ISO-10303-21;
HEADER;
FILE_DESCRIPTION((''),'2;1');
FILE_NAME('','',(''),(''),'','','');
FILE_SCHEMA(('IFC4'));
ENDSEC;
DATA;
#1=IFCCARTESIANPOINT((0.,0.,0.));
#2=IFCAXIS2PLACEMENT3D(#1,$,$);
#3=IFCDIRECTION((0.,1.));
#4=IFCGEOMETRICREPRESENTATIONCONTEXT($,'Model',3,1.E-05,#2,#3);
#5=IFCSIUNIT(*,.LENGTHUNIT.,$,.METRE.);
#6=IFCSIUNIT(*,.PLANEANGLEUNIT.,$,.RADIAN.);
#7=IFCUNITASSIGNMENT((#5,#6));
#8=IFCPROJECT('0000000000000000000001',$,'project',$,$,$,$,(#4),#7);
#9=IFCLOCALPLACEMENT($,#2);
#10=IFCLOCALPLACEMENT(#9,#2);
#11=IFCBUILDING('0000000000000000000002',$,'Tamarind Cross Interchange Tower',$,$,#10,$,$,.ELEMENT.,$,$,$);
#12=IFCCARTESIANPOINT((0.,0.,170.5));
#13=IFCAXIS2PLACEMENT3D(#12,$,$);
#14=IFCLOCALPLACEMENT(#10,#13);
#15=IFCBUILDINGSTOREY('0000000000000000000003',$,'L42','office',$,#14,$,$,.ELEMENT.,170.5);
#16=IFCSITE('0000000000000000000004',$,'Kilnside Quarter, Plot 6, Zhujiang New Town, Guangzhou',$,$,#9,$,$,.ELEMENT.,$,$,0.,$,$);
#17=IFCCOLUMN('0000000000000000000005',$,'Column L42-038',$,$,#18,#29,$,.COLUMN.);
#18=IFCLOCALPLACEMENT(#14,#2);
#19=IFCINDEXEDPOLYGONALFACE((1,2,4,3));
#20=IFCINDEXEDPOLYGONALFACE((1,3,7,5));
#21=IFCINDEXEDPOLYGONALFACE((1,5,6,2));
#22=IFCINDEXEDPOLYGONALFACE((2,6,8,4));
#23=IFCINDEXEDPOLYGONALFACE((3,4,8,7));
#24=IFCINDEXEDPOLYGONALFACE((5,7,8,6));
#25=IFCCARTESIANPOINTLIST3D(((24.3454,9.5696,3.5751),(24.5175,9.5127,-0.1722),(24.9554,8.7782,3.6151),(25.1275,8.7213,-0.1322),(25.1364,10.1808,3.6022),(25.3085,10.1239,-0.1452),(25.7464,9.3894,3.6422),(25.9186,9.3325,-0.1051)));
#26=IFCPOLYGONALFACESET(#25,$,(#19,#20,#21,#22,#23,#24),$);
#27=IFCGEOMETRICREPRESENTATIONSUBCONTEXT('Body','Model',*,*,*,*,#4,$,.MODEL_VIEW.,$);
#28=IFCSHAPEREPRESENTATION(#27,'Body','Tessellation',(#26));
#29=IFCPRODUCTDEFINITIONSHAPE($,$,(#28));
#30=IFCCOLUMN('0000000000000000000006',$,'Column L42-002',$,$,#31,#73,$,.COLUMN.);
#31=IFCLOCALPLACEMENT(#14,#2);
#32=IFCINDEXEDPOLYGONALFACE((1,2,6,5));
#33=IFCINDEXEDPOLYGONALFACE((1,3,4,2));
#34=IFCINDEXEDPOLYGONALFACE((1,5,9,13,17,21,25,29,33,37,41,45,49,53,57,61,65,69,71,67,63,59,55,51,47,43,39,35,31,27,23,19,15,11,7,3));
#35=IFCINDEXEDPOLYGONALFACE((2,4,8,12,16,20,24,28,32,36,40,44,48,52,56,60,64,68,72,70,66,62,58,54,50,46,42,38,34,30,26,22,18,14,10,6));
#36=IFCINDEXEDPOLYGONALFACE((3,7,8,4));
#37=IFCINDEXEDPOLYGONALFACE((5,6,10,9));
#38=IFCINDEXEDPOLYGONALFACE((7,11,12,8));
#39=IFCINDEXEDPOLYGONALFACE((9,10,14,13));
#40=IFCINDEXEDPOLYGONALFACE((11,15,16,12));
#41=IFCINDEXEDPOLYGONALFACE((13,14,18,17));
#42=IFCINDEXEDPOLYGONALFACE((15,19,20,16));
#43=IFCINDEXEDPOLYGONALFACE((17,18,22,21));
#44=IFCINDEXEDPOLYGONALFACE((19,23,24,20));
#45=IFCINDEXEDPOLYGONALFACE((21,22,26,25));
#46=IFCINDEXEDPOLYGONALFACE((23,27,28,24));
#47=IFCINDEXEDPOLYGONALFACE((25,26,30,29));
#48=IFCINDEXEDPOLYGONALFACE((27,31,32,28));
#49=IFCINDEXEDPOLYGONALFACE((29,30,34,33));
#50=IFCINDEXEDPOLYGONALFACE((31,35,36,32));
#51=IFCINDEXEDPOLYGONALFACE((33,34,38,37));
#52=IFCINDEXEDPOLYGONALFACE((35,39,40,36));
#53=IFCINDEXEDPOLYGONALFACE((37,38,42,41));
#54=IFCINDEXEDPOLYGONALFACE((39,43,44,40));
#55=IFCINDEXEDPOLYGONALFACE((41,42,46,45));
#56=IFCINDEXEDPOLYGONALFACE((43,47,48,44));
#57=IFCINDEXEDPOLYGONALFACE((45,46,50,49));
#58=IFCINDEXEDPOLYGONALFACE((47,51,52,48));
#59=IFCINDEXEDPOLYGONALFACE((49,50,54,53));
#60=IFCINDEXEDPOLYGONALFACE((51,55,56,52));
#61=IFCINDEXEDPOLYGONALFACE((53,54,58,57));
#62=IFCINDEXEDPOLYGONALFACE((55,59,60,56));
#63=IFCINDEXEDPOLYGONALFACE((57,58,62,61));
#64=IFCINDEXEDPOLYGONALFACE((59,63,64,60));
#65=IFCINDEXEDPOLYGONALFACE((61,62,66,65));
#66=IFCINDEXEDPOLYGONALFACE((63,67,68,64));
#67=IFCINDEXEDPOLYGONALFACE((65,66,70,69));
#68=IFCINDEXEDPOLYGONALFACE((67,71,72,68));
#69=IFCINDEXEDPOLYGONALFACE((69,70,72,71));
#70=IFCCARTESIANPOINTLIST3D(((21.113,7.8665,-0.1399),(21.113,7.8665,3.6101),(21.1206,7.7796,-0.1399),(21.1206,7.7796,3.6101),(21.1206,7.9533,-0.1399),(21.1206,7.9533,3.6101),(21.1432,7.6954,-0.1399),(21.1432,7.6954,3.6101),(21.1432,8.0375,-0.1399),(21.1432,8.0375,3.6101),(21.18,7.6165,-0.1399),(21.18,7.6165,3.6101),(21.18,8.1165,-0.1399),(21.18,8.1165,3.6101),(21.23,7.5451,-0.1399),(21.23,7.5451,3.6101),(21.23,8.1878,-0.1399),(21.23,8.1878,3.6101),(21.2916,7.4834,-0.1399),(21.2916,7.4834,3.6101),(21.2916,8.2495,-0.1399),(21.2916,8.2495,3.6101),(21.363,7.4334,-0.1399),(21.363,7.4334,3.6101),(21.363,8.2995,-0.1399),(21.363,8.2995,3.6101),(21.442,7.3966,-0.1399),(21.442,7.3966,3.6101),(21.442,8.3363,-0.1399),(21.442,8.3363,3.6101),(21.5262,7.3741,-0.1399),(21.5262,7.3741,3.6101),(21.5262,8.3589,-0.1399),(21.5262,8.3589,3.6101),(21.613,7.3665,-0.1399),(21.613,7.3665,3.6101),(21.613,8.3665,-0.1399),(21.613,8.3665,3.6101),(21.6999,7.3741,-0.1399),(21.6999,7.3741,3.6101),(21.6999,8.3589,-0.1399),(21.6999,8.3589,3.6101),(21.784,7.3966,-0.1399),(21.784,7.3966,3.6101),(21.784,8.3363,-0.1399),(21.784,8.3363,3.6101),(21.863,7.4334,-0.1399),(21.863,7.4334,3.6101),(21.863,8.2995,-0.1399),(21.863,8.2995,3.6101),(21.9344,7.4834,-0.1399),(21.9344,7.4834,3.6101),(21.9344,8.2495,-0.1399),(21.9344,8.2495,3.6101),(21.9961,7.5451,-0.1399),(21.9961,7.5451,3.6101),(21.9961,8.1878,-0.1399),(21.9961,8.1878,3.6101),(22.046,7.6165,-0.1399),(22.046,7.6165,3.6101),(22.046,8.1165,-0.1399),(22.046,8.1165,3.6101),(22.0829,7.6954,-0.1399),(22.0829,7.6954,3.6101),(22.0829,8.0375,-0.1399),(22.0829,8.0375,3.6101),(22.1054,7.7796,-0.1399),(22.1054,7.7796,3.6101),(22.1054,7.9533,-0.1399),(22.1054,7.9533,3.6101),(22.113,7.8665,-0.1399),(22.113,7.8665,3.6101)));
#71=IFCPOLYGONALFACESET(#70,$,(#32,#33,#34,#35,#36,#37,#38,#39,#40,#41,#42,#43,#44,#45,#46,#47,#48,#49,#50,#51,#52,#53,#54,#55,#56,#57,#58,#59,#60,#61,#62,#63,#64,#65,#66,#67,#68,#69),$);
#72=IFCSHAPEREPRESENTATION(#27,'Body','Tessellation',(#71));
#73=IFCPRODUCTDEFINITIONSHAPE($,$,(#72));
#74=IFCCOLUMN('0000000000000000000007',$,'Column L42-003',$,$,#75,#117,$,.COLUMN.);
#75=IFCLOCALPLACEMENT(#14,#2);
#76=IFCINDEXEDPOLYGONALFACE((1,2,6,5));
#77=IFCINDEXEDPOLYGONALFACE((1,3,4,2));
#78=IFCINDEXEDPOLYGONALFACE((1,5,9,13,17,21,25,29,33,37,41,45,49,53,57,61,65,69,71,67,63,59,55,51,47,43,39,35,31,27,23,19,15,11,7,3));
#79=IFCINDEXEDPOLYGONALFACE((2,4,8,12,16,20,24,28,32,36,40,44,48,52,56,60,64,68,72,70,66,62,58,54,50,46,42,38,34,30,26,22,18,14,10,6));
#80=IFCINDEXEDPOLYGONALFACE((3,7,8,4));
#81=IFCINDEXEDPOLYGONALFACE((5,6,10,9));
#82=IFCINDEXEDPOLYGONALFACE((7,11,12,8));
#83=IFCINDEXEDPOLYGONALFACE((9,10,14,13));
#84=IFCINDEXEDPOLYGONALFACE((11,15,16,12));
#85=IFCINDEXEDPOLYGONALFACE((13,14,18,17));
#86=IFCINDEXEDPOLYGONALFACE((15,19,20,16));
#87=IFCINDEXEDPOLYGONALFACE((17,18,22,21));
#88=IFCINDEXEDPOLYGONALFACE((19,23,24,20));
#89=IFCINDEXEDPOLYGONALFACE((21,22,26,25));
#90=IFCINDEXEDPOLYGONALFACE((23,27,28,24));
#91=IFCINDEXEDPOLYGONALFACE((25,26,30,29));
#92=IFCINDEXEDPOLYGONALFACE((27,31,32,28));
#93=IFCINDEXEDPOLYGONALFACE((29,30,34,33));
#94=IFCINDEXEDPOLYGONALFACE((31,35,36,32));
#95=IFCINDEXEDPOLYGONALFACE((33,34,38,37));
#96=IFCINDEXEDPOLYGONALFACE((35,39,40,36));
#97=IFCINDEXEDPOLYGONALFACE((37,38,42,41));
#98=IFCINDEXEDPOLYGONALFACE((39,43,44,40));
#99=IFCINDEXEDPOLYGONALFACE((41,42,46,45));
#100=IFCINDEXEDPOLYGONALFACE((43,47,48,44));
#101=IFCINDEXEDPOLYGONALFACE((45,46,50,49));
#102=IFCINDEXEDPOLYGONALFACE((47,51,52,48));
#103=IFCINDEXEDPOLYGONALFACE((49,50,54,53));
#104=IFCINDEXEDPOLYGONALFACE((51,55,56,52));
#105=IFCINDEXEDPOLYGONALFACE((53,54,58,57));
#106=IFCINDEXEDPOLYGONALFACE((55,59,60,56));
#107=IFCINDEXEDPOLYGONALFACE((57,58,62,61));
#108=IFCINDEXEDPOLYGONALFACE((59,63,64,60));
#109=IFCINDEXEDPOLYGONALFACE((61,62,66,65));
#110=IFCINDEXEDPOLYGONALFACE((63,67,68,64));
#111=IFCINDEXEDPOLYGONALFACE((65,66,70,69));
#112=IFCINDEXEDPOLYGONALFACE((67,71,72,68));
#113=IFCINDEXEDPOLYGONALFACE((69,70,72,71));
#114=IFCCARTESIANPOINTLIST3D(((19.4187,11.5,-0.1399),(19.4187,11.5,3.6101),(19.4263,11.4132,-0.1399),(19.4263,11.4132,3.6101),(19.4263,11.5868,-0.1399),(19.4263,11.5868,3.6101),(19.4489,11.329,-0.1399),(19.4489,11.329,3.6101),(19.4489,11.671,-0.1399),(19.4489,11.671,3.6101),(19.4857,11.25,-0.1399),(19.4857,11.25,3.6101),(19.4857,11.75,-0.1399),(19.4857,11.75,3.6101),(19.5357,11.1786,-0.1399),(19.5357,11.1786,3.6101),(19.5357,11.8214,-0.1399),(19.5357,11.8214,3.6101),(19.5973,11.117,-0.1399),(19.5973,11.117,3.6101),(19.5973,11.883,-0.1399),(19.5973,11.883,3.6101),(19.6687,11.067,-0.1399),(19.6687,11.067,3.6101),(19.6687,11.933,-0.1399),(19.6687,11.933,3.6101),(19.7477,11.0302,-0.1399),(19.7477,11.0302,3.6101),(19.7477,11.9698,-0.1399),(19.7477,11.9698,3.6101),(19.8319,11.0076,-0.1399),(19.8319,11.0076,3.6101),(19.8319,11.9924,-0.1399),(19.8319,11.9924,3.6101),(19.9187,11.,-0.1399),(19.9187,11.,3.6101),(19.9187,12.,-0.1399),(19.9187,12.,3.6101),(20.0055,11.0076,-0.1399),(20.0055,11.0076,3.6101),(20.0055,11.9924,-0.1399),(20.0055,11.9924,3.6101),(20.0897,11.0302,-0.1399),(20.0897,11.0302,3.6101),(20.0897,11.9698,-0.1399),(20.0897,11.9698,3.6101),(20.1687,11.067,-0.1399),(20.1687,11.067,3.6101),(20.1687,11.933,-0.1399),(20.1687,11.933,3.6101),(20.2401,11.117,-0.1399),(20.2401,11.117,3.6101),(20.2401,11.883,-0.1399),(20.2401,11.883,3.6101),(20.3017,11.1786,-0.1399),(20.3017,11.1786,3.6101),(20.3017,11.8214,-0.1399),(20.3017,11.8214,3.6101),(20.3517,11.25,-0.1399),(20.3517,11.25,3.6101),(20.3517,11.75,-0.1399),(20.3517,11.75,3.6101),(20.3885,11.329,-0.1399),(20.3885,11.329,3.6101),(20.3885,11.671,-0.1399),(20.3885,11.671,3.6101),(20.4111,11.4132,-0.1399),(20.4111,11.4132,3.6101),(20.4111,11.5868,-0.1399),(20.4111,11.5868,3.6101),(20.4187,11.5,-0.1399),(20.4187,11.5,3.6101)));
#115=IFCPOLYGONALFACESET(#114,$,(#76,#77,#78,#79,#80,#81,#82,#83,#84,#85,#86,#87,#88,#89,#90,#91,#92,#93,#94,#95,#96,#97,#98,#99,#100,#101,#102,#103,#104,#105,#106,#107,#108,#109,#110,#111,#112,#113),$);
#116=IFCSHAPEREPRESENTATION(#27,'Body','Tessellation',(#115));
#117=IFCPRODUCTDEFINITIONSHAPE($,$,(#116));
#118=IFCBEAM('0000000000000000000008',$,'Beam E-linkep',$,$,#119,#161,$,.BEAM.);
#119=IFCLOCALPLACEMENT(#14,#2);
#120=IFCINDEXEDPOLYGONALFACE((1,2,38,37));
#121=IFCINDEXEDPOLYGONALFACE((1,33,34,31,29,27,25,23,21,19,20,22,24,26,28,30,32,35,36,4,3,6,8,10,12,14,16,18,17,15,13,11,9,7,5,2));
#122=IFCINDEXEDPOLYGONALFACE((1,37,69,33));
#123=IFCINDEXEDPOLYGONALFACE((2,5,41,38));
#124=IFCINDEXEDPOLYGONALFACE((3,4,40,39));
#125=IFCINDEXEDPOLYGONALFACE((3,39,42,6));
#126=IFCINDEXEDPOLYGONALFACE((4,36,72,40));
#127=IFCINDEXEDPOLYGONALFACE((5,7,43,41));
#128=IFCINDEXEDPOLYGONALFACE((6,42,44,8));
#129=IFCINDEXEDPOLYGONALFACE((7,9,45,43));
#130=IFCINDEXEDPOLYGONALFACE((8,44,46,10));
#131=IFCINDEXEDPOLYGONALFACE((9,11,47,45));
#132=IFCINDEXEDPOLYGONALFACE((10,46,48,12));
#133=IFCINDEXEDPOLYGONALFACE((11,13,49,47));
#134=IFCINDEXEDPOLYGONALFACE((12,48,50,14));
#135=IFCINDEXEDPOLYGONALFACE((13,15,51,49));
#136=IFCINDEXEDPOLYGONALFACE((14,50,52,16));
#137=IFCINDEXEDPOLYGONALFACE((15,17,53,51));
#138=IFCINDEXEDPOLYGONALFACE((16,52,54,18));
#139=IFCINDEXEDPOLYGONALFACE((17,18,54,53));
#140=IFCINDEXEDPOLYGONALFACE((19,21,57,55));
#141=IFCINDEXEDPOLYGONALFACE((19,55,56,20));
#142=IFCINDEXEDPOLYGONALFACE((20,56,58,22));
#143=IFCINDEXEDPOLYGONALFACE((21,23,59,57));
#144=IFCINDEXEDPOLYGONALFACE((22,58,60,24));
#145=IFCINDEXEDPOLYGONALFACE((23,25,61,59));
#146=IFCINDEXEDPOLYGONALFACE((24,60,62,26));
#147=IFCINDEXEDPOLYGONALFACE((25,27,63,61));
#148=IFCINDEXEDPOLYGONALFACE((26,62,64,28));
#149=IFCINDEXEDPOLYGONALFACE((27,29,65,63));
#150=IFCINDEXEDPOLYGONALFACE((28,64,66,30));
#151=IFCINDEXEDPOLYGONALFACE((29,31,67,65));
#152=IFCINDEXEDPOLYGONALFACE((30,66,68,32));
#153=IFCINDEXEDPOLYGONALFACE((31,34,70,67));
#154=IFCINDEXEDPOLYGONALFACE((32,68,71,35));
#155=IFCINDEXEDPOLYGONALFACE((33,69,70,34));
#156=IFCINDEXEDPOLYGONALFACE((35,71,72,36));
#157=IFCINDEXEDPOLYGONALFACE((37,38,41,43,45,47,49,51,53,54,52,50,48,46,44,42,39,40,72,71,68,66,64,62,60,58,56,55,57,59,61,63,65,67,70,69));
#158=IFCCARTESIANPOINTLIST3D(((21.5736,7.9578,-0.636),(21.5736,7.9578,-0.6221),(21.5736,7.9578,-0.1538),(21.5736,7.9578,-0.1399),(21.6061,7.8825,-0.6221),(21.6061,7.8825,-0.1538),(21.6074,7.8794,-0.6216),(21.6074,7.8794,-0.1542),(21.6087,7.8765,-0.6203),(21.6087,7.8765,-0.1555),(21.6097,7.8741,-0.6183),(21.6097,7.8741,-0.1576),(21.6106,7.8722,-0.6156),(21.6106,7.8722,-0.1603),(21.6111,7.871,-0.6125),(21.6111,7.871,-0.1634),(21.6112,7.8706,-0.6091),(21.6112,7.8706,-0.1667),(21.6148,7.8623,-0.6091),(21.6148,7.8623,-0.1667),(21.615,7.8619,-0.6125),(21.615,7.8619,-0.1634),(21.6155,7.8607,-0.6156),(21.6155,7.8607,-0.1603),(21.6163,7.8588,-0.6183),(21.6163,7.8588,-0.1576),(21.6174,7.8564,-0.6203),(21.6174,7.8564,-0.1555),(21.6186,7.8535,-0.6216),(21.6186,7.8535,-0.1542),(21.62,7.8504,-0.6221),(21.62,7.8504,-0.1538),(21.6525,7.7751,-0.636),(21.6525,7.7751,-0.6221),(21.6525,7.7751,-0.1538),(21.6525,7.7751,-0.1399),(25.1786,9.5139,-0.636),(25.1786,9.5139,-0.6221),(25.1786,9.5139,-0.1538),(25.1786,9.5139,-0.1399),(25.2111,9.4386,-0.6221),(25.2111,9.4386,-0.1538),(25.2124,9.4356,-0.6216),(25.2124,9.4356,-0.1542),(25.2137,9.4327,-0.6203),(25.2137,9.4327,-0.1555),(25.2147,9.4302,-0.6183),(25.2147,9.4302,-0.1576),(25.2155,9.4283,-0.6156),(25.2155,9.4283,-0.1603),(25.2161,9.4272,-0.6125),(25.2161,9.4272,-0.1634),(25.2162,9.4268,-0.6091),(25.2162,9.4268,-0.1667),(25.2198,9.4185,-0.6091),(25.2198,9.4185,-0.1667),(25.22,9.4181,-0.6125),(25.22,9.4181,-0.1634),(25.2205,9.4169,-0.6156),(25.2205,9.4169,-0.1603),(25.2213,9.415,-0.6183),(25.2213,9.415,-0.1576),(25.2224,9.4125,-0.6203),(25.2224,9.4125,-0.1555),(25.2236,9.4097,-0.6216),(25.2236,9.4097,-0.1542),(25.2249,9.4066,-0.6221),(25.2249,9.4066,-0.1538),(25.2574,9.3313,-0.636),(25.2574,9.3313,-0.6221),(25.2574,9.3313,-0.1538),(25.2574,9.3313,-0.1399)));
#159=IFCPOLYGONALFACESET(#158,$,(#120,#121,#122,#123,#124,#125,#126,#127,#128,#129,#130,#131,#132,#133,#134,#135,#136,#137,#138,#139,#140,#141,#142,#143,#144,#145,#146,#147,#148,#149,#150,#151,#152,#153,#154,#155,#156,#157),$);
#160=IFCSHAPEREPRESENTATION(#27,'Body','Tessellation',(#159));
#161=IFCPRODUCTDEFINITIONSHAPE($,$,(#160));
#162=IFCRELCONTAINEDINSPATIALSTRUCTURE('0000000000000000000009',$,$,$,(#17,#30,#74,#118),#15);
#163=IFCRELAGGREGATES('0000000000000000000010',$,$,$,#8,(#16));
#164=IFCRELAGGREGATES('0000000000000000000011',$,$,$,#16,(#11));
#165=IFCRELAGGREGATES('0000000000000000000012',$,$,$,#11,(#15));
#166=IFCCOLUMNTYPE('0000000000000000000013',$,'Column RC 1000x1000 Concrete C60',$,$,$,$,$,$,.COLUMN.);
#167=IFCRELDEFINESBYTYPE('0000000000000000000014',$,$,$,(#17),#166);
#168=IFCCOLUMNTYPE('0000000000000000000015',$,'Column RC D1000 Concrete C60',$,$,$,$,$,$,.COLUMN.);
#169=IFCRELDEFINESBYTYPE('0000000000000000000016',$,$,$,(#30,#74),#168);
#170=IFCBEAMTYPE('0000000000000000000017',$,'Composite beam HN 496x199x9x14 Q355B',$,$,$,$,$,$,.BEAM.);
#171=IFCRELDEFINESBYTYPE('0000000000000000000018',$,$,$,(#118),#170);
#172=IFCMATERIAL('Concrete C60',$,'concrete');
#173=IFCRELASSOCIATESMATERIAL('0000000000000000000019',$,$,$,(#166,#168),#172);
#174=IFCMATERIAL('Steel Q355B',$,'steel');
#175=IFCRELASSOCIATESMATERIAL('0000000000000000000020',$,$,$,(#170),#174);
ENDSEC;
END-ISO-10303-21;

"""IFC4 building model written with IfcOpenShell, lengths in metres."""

from ifc_helpers import new_model, si_unit, direction, frame, origin, origin_2d, place, context, subcontext, project, spatial, rectangle, circle, i_section, extrude, material, material_profile, profile_set, type_object, element, save


model = new_model("IFC4")

# Units and contexts
model_context = context("Model", 3, precision=1e-05, world=origin(), true_north=direction((0.0, 1.0)))
body_context = subcontext(model_context, "Body", "Model", "MODEL_VIEW")
ifc_project = project(units=[si_unit("LENGTHUNIT", "METRE"), si_unit("PLANEANGLEUNIT", "RADIAN")], contexts=[model_context])

# Site, building, storey
site_placement = place(None, origin())
site = spatial("IfcSite", under=ifc_project, at=site_placement, Name="Kilnside Quarter, Plot 6, Zhujiang New Town, Guangzhou", CompositionType="ELEMENT", RefElevation=0.0)
building_placement = place(site_placement, origin())
building = spatial("IfcBuilding", under=site, at=building_placement, Name="Tamarind Cross Interchange Tower", CompositionType="ELEMENT")
storey_placement = place(building_placement, frame((0.0, 0.0, 170.5)))
storey = spatial("IfcBuildingStorey", under=building, at=storey_placement, Name="L42", Description="office", CompositionType="ELEMENT", Elevation=170.5)

# Columns
ifc_material_1 = material(Name="Concrete C60", Category="concrete")
ifc_material_profile_1 = material_profile(ifc_material_1, rectangle(XDim=1.0, YDim=1.0, at=origin_2d()), Name="RC 1000x1000")
ifc_profile_set_1 = profile_set([ifc_material_profile_1], Name="Concrete C60")
column_type_1 = type_object("IfcColumnType", Name="Column RC 1000x1000 Concrete C60", PredefinedType="COLUMN", material=ifc_profile_set_1)
column_placement = place(storey_placement, frame((25.218, 9.4226, -0.1387), z_axis=(-0.045878, 0.015162, 0.998832), x_axis=(0.610036, -0.791362, 0.040033)))
element("IfcColumn", 1, at=column_placement, inside=storey, type_object=column_type_1, Name="Column L42-038", PredefinedType="COLUMN", context=body_context, shape_type="SweptSolid", body=[
    extrude(rectangle(XDim=1.0, YDim=1.0, at=origin_2d()), origin(), (0.0, 0.0, 1.0), 3.7517),
])
ifc_material_profile_2 = material_profile(ifc_material_1, circle(Radius=0.5, at=origin_2d()), Name="RC D1000")
ifc_profile_set_2 = profile_set([ifc_material_profile_2], Name="Concrete C60")
column_type_2 = type_object("IfcColumnType", Name="Column RC D1000 Concrete C60", PredefinedType="COLUMN", material=ifc_profile_set_2)
for number, where, z_axis, x_axis, name in (
    (2, (21.613, 7.8665, -0.1399), (0.0, 0.0, 1.0), (1.0, 0.0, 0.0), "Column L42-002"),
    (3, (19.9187, 11.5, -0.1399), (0.0, 0.0, 1.0), (1.0, 0.0, 0.0), "Column L42-003"),
):
    element("IfcColumn", number, at=place(storey_placement, frame(where, z_axis=z_axis, x_axis=x_axis)), inside=storey, type_object=column_type_2, Name=name, PredefinedType="COLUMN", context=body_context, shape_type="SweptSolid", body=[
        extrude(circle(Radius=0.5, at=origin_2d()), origin(), (0.0, 0.0, 1.0), 3.75),
    ])

# Beam
ifc_material_2 = material(Name="Steel Q355B", Category="steel")
ifc_material_profile_3 = material_profile(ifc_material_2, i_section(OverallWidth=0.199, OverallDepth=0.4961, WebThickness=0.009, FlangeThickness=0.0139, FilletRadius=0.0129, at=origin_2d()), Name="HN 496x199x9x14")
ifc_profile_set_3 = profile_set([ifc_material_profile_3], Name="Steel Q355B")
beam_type_1 = type_object("IfcBeamType", Name="Composite beam HN 496x199x9x14 Q355B", PredefinedType="BEAM", material=ifc_profile_set_3)
beam_1_placement = place(storey_placement, frame((25.218, 9.4226, -0.3879), z_axis=(-0.918113, -0.396319, 0.0), x_axis=(0.396319, -0.918113, 0.0)))
element("IfcBeam", 4, at=beam_1_placement, inside=storey, type_object=beam_type_1, Name="Beam E-linkep", PredefinedType="BEAM", context=body_context, shape_type="SweptSolid", body=[
    extrude(i_section(OverallWidth=0.199, OverallDepth=0.4961, WebThickness=0.009, FlangeThickness=0.0139, FilletRadius=0.0129, at=origin_2d()), origin(), (0.0, 0.0, 1.0), 3.9265),
])

save(model, "model.ifc")
